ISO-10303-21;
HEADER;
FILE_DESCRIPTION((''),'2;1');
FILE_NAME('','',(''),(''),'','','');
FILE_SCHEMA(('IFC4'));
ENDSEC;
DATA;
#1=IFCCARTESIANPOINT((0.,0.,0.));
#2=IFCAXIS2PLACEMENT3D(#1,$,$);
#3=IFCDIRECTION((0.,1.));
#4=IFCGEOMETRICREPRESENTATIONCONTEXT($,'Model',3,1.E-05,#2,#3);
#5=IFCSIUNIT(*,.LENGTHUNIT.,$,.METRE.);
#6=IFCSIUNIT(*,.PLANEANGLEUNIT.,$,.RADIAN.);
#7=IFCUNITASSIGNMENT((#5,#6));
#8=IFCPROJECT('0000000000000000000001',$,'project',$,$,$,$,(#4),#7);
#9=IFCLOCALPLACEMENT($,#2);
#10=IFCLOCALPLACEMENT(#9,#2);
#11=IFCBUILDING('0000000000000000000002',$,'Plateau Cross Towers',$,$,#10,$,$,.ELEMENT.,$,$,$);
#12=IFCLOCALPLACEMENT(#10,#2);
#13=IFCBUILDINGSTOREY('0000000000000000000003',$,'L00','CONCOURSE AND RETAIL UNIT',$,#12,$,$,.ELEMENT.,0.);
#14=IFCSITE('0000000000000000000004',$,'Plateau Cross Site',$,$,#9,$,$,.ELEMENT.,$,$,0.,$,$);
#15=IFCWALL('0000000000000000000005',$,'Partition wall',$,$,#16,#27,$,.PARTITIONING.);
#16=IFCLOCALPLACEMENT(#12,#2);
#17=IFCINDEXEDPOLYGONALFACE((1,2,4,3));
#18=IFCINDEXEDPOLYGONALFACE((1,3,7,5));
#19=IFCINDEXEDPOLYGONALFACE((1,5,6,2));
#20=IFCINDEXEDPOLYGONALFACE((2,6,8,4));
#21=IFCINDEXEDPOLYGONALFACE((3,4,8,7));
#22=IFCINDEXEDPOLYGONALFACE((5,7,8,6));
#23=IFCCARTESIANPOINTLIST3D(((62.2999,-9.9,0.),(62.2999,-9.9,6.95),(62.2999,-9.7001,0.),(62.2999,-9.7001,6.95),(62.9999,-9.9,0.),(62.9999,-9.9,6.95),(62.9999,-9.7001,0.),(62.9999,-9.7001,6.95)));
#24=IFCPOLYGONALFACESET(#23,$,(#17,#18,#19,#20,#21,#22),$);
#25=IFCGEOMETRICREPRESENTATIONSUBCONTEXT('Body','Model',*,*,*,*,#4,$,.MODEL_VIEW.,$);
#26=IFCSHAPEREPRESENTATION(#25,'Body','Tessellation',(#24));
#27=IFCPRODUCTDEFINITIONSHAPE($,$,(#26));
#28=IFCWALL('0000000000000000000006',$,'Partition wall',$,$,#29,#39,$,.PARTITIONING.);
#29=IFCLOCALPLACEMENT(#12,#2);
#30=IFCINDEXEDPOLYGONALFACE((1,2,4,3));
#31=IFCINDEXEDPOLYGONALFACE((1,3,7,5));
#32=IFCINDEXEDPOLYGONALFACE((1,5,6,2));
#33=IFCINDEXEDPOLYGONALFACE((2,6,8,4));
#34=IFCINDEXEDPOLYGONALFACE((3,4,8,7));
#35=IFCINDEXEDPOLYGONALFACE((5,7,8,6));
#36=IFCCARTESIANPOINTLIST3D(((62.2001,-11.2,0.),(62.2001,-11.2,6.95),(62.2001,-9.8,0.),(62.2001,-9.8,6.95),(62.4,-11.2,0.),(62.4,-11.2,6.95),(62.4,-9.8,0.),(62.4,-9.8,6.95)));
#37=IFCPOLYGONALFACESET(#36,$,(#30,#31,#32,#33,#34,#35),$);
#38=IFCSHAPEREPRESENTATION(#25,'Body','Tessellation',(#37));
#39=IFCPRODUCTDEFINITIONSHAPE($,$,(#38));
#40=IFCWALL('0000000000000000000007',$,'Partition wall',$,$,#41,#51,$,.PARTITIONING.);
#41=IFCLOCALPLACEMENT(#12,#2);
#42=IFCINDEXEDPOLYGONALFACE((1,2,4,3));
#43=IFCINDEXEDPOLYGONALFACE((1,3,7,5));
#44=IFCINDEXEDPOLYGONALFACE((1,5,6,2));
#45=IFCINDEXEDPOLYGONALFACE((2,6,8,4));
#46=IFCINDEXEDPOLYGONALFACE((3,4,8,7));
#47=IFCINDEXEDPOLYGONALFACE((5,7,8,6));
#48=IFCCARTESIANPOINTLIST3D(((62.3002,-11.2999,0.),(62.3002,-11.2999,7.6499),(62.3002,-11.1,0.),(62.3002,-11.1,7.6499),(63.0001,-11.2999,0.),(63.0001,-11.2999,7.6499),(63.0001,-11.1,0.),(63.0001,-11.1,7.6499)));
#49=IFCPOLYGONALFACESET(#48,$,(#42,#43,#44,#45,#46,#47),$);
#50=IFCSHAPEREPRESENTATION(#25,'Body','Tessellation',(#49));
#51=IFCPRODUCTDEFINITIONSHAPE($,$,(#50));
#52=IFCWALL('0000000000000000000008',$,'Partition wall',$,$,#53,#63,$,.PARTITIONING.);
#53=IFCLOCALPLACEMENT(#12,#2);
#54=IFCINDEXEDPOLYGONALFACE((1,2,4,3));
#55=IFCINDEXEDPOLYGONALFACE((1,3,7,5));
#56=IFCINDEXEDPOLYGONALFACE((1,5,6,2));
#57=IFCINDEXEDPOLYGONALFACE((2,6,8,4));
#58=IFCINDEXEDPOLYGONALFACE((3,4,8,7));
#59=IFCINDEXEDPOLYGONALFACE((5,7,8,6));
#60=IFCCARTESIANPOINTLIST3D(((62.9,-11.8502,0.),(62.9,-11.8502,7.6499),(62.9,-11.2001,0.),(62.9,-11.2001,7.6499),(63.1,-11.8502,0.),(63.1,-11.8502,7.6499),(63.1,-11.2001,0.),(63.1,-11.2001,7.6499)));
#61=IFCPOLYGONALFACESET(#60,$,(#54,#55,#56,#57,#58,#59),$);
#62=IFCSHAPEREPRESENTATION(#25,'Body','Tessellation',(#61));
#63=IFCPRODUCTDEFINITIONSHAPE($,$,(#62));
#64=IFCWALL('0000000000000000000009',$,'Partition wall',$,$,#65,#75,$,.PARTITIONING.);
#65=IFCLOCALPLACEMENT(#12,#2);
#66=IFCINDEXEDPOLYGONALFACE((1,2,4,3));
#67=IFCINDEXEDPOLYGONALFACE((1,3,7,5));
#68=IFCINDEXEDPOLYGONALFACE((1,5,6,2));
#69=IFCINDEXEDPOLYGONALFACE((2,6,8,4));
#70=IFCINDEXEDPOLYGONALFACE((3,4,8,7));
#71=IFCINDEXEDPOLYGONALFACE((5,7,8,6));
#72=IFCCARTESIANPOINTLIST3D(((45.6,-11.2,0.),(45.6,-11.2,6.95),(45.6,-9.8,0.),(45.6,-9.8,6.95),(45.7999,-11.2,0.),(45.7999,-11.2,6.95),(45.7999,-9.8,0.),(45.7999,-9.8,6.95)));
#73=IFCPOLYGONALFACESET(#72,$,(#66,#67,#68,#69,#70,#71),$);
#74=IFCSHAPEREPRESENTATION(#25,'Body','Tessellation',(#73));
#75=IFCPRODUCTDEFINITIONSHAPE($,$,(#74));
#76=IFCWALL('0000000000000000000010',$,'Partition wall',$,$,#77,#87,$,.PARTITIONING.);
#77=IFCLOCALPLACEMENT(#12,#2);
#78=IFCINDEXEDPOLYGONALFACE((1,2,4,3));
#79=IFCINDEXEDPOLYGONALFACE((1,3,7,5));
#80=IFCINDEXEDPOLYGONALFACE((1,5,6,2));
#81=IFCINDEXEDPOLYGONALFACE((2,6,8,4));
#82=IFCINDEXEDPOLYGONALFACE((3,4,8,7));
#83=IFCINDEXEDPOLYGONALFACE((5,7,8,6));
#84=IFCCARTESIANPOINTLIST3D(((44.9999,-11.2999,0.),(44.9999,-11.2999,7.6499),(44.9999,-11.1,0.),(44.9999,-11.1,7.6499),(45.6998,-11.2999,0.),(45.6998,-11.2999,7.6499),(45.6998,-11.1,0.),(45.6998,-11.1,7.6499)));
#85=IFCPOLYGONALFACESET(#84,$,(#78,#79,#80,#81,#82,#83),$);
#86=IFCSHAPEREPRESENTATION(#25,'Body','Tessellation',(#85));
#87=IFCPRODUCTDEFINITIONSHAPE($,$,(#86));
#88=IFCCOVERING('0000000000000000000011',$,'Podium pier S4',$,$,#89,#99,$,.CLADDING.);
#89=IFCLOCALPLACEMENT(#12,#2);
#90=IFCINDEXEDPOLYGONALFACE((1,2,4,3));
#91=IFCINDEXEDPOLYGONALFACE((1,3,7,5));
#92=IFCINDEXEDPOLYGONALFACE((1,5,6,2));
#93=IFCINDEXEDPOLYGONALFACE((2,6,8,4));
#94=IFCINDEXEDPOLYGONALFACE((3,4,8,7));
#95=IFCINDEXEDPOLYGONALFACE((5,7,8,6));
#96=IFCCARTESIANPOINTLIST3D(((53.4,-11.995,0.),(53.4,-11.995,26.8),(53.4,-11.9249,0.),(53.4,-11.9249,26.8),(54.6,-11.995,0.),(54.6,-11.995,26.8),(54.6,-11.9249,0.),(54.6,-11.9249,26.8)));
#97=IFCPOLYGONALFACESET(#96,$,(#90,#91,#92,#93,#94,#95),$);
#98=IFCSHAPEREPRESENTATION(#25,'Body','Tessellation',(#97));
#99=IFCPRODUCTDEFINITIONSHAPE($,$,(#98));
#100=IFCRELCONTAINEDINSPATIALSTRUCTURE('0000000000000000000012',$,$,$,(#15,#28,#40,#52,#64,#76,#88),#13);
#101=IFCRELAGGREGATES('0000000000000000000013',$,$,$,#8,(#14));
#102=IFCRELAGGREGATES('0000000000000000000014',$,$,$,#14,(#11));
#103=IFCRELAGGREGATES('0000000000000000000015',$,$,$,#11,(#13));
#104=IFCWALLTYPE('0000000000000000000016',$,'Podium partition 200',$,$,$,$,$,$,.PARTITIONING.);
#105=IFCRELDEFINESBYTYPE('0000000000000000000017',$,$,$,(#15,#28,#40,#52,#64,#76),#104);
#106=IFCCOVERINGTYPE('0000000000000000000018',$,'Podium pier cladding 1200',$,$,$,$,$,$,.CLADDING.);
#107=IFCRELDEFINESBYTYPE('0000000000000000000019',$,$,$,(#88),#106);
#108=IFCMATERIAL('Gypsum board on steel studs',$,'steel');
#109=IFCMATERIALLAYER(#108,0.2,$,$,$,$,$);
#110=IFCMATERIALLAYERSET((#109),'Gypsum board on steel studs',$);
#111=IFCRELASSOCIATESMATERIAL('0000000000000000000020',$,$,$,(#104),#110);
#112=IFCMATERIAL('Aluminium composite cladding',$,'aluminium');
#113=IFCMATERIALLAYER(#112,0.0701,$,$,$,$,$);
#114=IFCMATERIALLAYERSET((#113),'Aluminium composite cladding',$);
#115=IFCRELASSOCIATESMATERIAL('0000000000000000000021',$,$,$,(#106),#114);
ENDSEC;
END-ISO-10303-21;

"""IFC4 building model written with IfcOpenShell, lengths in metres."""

from ifc_helpers import new_model, si_unit, direction, frame, frame_2d, origin, origin_2d, place, context, subcontext, project, spatial, rectangle, extrude, material, layer, layer_set, type_object, element, save


model = new_model("IFC4")

# Units and contexts
model_context = context("Model", 3, precision=1e-05, world=origin(), true_north=direction((0.0, 1.0)))
body_context = subcontext(model_context, "Body", "Model", "MODEL_VIEW")
ifc_project = project(units=[si_unit("LENGTHUNIT", "METRE"), si_unit("PLANEANGLEUNIT", "RADIAN")], contexts=[model_context])

# Site, building, storey
site_placement = place(None, origin())
site = spatial("IfcSite", under=ifc_project, at=site_placement, Name="Plateau Cross Site", CompositionType="ELEMENT", RefElevation=0.0)
building_placement = place(site_placement, origin())
building = spatial("IfcBuilding", under=site, at=building_placement, Name="Plateau Cross Towers", CompositionType="ELEMENT")
storey_placement = place(building_placement, origin())
storey = spatial("IfcBuildingStorey", under=building, at=storey_placement, Name="L00", Description="CONCOURSE AND RETAIL UNIT", CompositionType="ELEMENT", Elevation=0.0)

# Shared definitions
ifc_material_1 = material(Name="Gypsum board on steel studs", Category="steel")
ifc_layer_1 = layer(ifc_material_1, 0.2)
ifc_layer_set_1 = layer_set([ifc_layer_1], Name="Gypsum board on steel studs")
wall_type = type_object("IfcWallType", Name="Podium partition 200", PredefinedType="PARTITIONING", material=ifc_layer_set_1)

# Walls
wall_1_placement = place(storey_placement, frame((63.0, -9.8, 0.0), z_axis=(0.0, 0.0, 1.0), x_axis=(-1.0, 0.0, 0.0)))
element("IfcWall", 1, at=wall_1_placement, inside=storey, type_object=wall_type, Name="Partition wall", PredefinedType="PARTITIONING", context=body_context, shape_type="SweptSolid", body=[
    extrude(rectangle(XDim=0.7, YDim=0.2, at=frame_2d((0.3501, 0.0))), origin(), (0.0, 0.0, 1.0), 6.95),
])
wall_2_placement = place(storey_placement, frame((62.3, -9.8, 0.0), z_axis=(0.0, 0.0, 1.0), x_axis=(0.0, -1.0, 0.0)))
element("IfcWall", 2, at=wall_2_placement, inside=storey, type_object=wall_type, Name="Partition wall", PredefinedType="PARTITIONING", context=body_context, shape_type="SweptSolid", body=[
    extrude(rectangle(XDim=1.3999, YDim=0.2, at=frame_2d((0.7, 0.0))), origin(), (0.0, 0.0, 1.0), 6.95),
])
wall_3_placement = place(storey_placement, frame((62.3, -11.2, 0.0), z_axis=(0.0, 0.0, 1.0), x_axis=(1.0, 0.0, 0.0)))
element("IfcWall", 3, at=wall_3_placement, inside=storey, type_object=wall_type, Name="Partition wall", PredefinedType="PARTITIONING", context=body_context, shape_type="SweptSolid", body=[
    extrude(rectangle(XDim=0.7, YDim=0.2, at=frame_2d((0.3501, 0.0))), origin(), (0.0, 0.0, 1.0), 7.6499),
])
wall_4_placement = place(storey_placement, frame((63.0, -11.2, 0.0), z_axis=(0.0, 0.0, 1.0), x_axis=(0.0, -1.0, 0.0)))
element("IfcWall", 4, at=wall_4_placement, inside=storey, type_object=wall_type, Name="Partition wall", PredefinedType="PARTITIONING", context=body_context, shape_type="SweptSolid", body=[
    extrude(rectangle(XDim=0.6501, YDim=0.2, at=frame_2d((0.3252, 0.0))), origin(), (0.0, 0.0, 1.0), 7.6499),
])
wall_5_placement = place(storey_placement, frame((45.7, -9.8, 0.0), z_axis=(0.0, 0.0, 1.0), x_axis=(0.0, -1.0, 0.0)))
element("IfcWall", 5, at=wall_5_placement, inside=storey, type_object=wall_type, Name="Partition wall", PredefinedType="PARTITIONING", context=body_context, shape_type="SweptSolid", body=[
    extrude(rectangle(XDim=1.3999, YDim=0.2, at=frame_2d((0.7, 0.0))), origin(), (0.0, 0.0, 1.0), 6.95),
])
wall_6_placement = place(storey_placement, frame((45.7, -11.2, 0.0), z_axis=(0.0, 0.0, 1.0), x_axis=(-1.0, 0.0, 0.0)))
element("IfcWall", 6, at=wall_6_placement, inside=storey, type_object=wall_type, Name="Partition wall", PredefinedType="PARTITIONING", context=body_context, shape_type="SweptSolid", body=[
    extrude(rectangle(XDim=0.7, YDim=0.2, at=frame_2d((0.3501, 0.0))), origin(), (0.0, 0.0, 1.0), 7.6499),
])

# Covering
ifc_material_2 = material(Name="Aluminium composite cladding", Category="aluminium")
ifc_layer_2 = layer(ifc_material_2, 0.0701)
ifc_layer_set_2 = layer_set([ifc_layer_2], Name="Aluminium composite cladding")
covering_type = type_object("IfcCoveringType", Name="Podium pier cladding 1200", PredefinedType="CLADDING", material=ifc_layer_set_2)
covering_placement = place(storey_placement, frame((54.0, -11.96, 0.0), z_axis=(0.0, 0.0, 1.0), x_axis=(1.0, 0.0, 0.0)))
element("IfcCovering", 7, at=covering_placement, inside=storey, type_object=covering_type, Name="Podium pier S4", PredefinedType="CLADDING", context=body_context, shape_type="SweptSolid", body=[
    extrude(rectangle(XDim=1.2, YDim=0.0701, at=origin_2d()), origin(), (0.0, 0.0, 1.0), 26.8),
])

save(model, "model.ifc")
